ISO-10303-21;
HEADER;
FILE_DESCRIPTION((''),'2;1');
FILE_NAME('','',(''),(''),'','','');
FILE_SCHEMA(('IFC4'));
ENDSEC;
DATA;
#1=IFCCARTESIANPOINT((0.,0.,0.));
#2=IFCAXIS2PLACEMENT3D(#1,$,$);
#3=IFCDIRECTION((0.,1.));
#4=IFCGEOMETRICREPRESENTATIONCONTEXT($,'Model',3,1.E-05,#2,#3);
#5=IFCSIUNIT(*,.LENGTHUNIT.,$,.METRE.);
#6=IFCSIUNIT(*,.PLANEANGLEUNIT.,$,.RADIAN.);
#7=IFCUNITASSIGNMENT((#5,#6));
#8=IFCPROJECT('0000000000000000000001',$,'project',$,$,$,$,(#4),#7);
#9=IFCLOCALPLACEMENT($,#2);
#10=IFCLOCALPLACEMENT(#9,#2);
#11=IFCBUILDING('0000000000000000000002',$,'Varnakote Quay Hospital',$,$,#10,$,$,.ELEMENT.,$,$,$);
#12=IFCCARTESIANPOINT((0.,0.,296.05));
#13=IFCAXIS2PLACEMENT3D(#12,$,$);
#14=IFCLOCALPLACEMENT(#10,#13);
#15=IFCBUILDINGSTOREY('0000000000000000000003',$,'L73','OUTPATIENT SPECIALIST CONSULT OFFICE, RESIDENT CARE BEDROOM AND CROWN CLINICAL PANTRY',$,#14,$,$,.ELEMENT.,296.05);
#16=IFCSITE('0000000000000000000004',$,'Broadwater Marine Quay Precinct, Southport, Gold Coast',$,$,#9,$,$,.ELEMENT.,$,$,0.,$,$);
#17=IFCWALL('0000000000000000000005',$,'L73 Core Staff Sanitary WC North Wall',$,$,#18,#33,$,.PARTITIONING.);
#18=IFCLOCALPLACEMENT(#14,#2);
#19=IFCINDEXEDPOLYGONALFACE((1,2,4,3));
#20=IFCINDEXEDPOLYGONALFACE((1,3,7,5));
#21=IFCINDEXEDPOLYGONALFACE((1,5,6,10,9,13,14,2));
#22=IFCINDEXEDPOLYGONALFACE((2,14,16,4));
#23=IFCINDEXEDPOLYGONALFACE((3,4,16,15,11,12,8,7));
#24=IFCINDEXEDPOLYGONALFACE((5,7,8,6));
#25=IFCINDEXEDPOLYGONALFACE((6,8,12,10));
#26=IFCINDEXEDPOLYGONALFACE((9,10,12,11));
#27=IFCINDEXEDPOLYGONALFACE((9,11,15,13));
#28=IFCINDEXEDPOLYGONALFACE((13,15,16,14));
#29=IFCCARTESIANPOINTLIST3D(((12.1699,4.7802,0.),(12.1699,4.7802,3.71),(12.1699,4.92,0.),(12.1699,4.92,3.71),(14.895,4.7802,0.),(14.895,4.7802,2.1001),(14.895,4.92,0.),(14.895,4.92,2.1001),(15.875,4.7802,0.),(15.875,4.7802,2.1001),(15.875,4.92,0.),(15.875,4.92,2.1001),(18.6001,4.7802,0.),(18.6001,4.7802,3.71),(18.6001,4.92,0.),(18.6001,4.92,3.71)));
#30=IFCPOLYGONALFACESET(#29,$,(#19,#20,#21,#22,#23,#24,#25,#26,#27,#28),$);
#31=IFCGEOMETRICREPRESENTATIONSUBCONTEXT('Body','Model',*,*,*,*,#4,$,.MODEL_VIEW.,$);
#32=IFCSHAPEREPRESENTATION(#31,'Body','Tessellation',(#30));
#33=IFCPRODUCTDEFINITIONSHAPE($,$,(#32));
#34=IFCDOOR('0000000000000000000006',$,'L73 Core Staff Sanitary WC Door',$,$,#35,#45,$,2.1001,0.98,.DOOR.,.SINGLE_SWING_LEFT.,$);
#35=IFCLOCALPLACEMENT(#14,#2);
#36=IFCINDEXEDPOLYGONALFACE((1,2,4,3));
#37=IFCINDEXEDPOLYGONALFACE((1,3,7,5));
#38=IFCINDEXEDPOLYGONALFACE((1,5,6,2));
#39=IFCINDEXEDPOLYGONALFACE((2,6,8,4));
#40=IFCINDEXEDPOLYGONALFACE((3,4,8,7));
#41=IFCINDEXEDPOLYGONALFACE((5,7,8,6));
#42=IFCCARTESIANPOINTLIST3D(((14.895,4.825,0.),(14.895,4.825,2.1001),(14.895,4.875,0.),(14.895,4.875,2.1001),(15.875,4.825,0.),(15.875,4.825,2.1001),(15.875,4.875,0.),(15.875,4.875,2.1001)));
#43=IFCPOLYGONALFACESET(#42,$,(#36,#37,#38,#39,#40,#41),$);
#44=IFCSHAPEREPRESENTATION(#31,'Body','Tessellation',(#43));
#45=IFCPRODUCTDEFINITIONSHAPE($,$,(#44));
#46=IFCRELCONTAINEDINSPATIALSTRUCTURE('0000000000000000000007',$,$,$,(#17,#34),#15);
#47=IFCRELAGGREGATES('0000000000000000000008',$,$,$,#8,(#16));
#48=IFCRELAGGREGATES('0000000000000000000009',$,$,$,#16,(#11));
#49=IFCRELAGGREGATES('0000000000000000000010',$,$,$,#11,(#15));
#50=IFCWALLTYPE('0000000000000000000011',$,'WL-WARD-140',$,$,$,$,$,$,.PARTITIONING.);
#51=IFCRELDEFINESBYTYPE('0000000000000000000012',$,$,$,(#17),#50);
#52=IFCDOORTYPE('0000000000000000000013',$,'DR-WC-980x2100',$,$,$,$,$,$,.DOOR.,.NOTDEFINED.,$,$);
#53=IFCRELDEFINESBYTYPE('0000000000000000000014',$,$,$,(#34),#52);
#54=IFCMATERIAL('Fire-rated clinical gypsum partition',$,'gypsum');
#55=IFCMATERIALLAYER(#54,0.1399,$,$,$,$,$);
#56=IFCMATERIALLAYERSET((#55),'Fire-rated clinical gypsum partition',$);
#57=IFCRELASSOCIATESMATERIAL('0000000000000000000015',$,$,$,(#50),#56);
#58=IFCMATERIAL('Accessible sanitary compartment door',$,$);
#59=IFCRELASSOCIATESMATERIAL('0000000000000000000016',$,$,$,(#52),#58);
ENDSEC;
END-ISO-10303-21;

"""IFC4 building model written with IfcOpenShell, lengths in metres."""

from ifc_helpers import new_model, si_unit, direction, frame, frame_2d, origin, place, context, subcontext, project, spatial, rectangle, extrude, material, layer, layer_set, type_object, element, fill, save


model = new_model("IFC4")

# Units and contexts
model_context = context("Model", 3, precision=1e-05, world=origin(), true_north=direction((0.0, 1.0)))
body_context = subcontext(model_context, "Body", "Model", "MODEL_VIEW")
ifc_project = project(units=[si_unit("LENGTHUNIT", "METRE"), si_unit("PLANEANGLEUNIT", "RADIAN")], contexts=[model_context])

# Site, building, storey
site_placement = place(None, origin())
site = spatial("IfcSite", under=ifc_project, at=site_placement, Name="Broadwater Marine Quay Precinct, Southport, Gold Coast", CompositionType="ELEMENT", RefElevation=0.0)
building_placement = place(site_placement, origin())
building = spatial("IfcBuilding", under=site, at=building_placement, Name="Varnakote Quay Hospital", CompositionType="ELEMENT")
storey_placement = place(building_placement, frame((0.0, 0.0, 296.05)))
storey = spatial("IfcBuildingStorey", under=building, at=storey_placement, Name="L73", Description="OUTPATIENT SPECIALIST CONSULT OFFICE, RESIDENT CARE BEDROOM AND CROWN CLINICAL PANTRY", CompositionType="ELEMENT", Elevation=296.05)

# Wall, opening, door
ifc_material_1 = material(Name="Fire-rated clinical gypsum partition", Category="gypsum")
ifc_layer_1 = layer(ifc_material_1, 0.1399)
ifc_layer_set_1 = layer_set([ifc_layer_1], Name="Fire-rated clinical gypsum partition")
wall_type_1 = type_object("IfcWallType", Name="WL-WARD-140", PredefinedType="PARTITIONING", material=ifc_layer_set_1)
wall_1_placement = place(storey_placement, frame((12.1699, 4.8501, 0.0), z_axis=(0.0, 0.0, 1.0), x_axis=(1.0, 0.0, 0.0)))
wall_1 = element("IfcWall", 1, at=wall_1_placement, inside=storey, type_object=wall_type_1, Name="L73 Core Staff Sanitary WC North Wall", PredefinedType="PARTITIONING", context=body_context, shape_type="SweptSolid", body=[
    extrude(rectangle(XDim=6.4302, YDim=0.1399, at=frame_2d((3.2151, 0.0))), origin(), (0.0, 0.0, 1.0), 3.71),
])
opening_1_placement = place(wall_1_placement, frame((2.7251, 0.0, 0.0)))
opening_1 = element("IfcOpeningElement", 2, at=opening_1_placement, cuts=wall_1, PredefinedType="OPENING", context=body_context, shape_type="SweptSolid", body=[
    extrude(rectangle(XDim=0.98, YDim=2.1001, at=frame_2d((0.49, 1.05))), frame((0.0, 0.0798, 0.0), z_axis=(0.0, -1.0, 0.0), x_axis=(1.0, 0.0, 0.0)), (0.0, 0.0, 1.0), 0.1599),
])
ifc_material_2 = material(Name="Accessible sanitary compartment door")
door_type_1 = type_object("IfcDoorType", Name="DR-WC-980x2100", OperationType="NOTDEFINED", PredefinedType="DOOR", material=ifc_material_2)
door_1_placement = place(opening_1_placement, origin())
door_1 = element("IfcDoor", 3, at=door_1_placement, inside=storey, type_object=door_type_1, Name="L73 Core Staff Sanitary WC Door", OperationType="SINGLE_SWING_LEFT", OverallHeight=2.1001, OverallWidth=0.98, PredefinedType="DOOR", context=body_context, shape_type="SweptSolid", body=[
    extrude(rectangle(XDim=0.98, YDim=2.1001, at=frame_2d((0.49, 1.05))), frame((0.0, 0.0249, 0.0), z_axis=(0.0, -1.0, 0.0), x_axis=(1.0, 0.0, 0.0)), (0.0, 0.0, 1.0), 0.05),
])
fill(opening_1, door_1)

save(model, "model.ifc")
